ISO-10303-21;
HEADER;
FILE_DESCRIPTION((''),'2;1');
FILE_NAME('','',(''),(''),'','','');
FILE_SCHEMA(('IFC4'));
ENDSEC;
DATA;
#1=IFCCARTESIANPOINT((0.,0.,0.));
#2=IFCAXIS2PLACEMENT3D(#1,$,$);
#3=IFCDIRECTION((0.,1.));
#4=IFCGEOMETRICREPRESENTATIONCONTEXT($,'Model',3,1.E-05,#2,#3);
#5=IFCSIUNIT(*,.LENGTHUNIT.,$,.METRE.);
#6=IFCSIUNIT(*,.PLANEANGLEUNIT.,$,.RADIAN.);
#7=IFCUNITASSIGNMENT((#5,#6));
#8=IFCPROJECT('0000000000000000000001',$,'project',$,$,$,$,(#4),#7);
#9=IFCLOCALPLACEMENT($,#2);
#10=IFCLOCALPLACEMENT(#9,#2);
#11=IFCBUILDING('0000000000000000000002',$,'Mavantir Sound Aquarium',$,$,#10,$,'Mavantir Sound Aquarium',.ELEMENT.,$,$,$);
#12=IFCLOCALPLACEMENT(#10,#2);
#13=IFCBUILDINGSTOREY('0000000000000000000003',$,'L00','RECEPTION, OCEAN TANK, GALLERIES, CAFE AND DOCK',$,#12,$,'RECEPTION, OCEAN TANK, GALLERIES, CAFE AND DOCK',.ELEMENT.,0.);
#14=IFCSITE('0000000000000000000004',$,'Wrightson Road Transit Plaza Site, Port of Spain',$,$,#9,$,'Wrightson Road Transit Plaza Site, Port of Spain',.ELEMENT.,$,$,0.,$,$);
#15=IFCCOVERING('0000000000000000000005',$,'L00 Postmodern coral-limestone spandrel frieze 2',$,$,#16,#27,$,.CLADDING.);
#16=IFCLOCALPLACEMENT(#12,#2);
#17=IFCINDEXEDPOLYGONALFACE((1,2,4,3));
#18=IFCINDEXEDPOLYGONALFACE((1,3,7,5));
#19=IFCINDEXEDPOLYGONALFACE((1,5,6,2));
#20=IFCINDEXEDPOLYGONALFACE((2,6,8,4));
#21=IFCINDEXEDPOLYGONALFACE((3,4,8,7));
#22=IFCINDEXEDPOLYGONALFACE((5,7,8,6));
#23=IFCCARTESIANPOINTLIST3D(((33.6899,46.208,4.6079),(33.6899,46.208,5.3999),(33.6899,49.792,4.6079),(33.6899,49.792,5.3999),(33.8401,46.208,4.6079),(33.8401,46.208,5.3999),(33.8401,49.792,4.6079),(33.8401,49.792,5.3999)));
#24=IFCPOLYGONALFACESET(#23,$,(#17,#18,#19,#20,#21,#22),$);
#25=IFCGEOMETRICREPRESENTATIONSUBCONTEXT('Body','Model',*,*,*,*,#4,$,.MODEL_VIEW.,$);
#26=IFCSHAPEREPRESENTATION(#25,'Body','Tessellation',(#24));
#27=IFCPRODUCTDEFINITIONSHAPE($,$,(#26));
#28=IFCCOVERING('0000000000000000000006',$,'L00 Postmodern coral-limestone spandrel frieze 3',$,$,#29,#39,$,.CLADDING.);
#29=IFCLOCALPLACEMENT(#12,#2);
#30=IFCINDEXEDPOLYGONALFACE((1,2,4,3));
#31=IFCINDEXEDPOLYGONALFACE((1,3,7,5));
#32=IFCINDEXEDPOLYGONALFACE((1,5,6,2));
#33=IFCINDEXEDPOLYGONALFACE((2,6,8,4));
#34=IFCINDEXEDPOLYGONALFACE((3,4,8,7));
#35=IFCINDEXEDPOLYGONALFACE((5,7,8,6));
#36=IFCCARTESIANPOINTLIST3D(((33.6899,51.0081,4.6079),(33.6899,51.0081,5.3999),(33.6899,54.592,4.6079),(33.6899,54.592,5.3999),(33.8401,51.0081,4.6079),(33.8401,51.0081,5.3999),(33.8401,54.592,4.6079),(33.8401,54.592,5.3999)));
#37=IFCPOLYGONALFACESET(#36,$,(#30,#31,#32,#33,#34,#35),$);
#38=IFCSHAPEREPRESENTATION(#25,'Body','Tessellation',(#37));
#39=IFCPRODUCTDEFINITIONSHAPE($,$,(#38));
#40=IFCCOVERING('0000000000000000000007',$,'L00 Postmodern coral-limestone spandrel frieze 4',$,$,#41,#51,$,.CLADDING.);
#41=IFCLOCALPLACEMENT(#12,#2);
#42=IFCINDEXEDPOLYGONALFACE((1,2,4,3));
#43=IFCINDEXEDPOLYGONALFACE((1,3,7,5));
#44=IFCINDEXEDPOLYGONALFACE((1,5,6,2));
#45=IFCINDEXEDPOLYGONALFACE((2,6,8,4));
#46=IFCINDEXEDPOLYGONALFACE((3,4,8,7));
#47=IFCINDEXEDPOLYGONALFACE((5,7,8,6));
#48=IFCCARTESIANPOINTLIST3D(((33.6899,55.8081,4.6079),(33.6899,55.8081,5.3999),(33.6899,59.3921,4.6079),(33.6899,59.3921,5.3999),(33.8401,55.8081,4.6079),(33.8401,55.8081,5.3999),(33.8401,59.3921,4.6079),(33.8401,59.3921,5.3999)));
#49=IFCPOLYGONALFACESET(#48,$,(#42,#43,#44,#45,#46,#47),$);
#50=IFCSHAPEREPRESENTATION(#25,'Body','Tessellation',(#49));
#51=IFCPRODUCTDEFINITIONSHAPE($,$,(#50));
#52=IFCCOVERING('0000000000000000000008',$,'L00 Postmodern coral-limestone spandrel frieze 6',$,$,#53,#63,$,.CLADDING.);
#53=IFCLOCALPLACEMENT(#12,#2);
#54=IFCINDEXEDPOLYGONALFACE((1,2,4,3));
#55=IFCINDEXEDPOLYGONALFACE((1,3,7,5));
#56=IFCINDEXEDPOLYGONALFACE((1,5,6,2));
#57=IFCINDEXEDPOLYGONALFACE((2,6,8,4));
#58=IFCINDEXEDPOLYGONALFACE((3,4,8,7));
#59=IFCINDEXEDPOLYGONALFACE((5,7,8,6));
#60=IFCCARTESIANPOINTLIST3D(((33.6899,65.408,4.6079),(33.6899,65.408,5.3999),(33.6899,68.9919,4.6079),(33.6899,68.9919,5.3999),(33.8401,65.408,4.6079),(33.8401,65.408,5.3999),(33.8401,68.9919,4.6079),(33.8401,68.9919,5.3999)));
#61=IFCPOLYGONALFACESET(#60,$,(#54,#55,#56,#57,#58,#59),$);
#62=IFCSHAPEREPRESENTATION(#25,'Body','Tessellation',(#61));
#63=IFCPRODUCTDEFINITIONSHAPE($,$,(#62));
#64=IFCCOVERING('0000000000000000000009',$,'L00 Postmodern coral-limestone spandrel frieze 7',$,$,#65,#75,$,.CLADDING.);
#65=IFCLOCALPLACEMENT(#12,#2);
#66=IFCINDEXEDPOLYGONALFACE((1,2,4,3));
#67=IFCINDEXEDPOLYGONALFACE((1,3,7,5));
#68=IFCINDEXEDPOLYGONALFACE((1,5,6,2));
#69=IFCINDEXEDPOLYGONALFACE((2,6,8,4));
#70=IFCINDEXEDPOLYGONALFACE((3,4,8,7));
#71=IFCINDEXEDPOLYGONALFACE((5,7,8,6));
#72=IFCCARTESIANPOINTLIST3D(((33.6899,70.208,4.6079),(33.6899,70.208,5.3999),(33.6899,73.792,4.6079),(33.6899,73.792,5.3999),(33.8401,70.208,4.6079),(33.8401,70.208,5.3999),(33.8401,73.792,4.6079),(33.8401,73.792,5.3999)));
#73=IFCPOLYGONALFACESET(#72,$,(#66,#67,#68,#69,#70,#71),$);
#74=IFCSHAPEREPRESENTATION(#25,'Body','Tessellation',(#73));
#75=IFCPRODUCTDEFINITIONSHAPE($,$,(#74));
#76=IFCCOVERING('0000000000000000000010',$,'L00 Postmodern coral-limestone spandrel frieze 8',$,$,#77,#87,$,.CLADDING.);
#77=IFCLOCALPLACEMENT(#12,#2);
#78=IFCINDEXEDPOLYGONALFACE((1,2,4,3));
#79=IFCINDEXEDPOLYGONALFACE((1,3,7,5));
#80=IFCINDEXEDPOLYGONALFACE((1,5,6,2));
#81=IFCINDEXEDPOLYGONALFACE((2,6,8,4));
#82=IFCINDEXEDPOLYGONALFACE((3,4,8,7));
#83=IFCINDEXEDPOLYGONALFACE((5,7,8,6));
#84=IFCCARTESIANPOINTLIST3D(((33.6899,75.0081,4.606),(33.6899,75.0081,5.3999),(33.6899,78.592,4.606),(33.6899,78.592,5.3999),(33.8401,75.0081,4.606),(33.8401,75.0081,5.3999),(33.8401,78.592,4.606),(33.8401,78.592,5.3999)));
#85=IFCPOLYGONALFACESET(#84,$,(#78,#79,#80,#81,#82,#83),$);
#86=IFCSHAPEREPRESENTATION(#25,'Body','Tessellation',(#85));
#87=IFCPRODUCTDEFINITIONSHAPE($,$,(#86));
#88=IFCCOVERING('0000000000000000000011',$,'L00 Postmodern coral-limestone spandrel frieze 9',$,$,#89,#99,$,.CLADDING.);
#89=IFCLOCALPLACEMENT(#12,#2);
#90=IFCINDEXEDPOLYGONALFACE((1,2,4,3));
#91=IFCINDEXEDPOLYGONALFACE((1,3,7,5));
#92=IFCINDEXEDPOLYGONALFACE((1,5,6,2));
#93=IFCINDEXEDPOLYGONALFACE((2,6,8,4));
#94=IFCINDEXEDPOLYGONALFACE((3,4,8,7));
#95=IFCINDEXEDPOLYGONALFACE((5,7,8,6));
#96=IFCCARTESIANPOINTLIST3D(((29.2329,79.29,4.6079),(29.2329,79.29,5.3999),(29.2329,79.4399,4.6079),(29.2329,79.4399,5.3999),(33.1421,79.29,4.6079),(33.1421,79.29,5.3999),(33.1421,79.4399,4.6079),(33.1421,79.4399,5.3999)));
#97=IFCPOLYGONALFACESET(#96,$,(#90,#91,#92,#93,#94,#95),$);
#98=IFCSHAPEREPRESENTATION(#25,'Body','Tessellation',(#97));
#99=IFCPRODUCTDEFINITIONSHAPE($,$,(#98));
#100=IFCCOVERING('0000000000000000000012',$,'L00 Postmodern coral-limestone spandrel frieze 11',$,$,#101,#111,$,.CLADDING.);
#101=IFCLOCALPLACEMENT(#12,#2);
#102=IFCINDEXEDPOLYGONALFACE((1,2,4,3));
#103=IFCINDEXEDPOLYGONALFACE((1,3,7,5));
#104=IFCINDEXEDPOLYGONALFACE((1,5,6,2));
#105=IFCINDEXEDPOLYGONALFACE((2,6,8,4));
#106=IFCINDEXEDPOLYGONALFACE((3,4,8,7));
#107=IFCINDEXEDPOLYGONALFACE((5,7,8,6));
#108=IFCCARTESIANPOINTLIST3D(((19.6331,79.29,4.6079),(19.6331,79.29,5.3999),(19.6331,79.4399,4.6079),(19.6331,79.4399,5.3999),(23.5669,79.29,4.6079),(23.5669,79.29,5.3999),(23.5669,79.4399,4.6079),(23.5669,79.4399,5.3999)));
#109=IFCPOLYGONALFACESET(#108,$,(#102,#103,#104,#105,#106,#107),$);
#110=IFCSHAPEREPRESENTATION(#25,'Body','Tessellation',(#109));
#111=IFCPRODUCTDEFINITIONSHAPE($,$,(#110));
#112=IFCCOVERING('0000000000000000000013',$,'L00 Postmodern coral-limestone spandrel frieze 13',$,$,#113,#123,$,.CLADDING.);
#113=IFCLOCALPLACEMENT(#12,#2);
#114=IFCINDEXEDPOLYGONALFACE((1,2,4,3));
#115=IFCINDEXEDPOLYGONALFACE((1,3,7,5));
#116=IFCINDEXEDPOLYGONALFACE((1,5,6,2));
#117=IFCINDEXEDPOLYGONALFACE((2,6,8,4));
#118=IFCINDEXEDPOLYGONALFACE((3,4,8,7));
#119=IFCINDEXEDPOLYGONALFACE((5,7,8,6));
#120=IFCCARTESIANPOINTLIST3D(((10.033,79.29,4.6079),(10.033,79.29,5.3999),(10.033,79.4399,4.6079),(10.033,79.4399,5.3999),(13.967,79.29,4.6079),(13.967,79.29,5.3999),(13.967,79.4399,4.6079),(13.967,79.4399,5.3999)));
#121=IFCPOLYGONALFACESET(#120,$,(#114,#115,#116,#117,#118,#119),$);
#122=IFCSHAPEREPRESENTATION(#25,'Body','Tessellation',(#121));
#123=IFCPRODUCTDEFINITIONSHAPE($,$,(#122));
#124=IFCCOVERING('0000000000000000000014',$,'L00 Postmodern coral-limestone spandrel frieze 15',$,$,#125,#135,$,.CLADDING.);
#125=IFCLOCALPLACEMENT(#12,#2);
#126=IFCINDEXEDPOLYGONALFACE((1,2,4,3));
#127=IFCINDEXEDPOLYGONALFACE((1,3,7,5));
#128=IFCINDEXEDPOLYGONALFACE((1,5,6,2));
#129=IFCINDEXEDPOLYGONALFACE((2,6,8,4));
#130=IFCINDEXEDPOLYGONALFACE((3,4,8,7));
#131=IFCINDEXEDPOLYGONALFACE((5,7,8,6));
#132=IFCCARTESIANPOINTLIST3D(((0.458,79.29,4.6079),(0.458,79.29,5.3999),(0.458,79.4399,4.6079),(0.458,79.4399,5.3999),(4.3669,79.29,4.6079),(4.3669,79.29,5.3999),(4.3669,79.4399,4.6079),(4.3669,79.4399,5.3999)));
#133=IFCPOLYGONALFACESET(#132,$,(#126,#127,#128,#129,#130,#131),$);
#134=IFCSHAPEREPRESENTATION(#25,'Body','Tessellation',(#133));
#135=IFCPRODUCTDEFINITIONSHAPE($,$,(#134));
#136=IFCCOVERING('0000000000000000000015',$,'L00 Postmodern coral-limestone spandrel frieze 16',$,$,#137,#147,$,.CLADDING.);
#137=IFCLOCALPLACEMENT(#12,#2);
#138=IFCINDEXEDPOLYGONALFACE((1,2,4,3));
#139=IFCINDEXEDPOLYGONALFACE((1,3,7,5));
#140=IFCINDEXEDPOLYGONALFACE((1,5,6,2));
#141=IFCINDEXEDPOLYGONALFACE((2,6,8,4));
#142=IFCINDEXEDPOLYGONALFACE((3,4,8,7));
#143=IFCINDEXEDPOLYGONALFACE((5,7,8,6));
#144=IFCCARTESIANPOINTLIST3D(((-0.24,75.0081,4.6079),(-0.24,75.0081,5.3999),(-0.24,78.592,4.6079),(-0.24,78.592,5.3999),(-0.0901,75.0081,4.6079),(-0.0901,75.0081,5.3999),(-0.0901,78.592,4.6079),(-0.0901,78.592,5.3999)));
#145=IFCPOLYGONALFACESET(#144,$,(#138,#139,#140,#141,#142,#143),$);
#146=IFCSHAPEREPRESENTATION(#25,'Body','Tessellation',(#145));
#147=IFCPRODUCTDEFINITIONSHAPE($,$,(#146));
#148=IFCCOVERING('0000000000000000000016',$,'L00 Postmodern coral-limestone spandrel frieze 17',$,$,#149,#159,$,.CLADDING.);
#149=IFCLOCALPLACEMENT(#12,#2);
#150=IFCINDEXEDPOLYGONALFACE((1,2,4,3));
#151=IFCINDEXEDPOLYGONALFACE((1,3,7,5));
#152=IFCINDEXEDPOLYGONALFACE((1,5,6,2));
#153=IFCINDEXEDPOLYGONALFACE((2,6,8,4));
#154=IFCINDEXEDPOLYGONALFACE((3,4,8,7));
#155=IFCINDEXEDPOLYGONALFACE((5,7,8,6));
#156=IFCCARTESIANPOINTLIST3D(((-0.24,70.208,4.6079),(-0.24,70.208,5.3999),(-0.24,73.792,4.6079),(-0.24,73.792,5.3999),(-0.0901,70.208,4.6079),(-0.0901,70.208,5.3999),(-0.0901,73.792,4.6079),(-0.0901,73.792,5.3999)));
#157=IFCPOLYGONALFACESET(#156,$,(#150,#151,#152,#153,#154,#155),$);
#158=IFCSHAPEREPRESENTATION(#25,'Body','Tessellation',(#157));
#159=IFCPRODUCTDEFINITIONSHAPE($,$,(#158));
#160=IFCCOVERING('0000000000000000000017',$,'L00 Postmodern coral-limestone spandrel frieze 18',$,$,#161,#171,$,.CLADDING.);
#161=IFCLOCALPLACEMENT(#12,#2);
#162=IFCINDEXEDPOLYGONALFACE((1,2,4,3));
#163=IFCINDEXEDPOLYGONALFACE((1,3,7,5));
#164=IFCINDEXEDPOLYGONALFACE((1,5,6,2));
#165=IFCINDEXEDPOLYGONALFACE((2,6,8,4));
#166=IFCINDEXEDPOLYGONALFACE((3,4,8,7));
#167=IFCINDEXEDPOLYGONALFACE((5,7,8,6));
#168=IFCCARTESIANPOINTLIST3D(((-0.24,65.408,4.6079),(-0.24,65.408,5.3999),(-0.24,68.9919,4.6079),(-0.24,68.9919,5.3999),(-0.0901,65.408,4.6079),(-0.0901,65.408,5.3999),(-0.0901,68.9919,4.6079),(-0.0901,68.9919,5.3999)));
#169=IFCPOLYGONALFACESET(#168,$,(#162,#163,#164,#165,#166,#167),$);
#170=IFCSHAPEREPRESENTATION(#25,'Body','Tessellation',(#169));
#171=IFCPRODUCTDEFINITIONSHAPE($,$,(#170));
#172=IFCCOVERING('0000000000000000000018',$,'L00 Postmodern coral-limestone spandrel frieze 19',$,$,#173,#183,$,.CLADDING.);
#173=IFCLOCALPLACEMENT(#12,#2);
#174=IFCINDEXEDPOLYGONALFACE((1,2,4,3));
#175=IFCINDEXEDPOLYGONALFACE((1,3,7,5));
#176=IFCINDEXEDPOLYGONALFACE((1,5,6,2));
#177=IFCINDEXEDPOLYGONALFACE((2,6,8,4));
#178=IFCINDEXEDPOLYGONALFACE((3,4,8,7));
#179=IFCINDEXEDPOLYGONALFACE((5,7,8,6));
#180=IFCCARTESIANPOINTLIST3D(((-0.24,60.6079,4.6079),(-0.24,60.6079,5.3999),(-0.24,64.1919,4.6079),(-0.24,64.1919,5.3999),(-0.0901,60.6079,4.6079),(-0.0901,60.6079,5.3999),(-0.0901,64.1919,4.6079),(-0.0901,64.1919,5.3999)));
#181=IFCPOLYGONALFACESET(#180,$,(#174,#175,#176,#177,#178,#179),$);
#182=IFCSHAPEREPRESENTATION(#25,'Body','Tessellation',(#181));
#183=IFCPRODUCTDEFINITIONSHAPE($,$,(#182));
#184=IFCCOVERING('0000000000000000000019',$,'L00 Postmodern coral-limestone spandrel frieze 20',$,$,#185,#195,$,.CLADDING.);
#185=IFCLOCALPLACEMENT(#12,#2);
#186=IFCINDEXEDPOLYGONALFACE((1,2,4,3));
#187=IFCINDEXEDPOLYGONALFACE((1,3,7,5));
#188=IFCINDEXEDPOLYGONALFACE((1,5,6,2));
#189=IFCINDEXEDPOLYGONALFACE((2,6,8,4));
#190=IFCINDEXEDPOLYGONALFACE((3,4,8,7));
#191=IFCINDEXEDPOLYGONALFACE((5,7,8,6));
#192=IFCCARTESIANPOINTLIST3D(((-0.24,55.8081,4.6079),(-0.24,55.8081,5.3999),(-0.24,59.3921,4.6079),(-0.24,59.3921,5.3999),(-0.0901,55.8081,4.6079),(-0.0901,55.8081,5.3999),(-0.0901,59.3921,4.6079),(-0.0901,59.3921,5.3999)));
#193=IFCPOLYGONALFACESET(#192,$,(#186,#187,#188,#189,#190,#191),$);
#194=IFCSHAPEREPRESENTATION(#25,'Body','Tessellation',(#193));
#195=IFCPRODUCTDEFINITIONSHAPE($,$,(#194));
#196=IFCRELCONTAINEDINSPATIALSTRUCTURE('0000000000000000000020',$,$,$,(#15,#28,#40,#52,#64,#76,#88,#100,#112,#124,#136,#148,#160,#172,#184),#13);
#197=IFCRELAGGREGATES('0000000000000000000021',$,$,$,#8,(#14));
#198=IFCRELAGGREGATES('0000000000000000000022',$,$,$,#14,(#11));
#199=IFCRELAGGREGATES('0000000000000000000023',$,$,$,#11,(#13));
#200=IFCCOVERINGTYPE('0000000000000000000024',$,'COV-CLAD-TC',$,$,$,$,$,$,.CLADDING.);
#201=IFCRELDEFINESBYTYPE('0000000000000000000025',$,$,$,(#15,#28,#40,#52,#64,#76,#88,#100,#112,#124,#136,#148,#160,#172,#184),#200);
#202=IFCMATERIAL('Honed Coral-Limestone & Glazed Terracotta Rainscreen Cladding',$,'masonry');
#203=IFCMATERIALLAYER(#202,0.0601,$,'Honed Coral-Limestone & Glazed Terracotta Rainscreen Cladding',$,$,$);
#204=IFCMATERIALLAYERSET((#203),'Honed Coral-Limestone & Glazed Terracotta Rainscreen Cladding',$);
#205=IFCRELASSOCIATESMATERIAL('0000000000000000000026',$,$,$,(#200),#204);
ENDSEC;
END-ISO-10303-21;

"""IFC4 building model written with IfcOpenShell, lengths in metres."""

from ifc_helpers import new_model, si_unit, direction, frame, origin, place, context, subcontext, project, spatial, polyline, outline, extrude, material, layer, layer_set, type_object, element, save


model = new_model("IFC4")

# Units and contexts
model_context = context("Model", 3, precision=1e-05, world=origin(), true_north=direction((0.0, 1.0)))
body_context = subcontext(model_context, "Body", "Model", "MODEL_VIEW")
ifc_project = project(units=[si_unit("LENGTHUNIT", "METRE"), si_unit("PLANEANGLEUNIT", "RADIAN")], contexts=[model_context])

# Site, building, storey
site_placement = place(None, origin())
site = spatial("IfcSite", under=ifc_project, at=site_placement, Name="Wrightson Road Transit Plaza Site, Port of Spain", LongName="Wrightson Road Transit Plaza Site, Port of Spain", CompositionType="ELEMENT", RefElevation=0.0)
building_placement = place(site_placement, origin())
building = spatial("IfcBuilding", under=site, at=building_placement, Name="Mavantir Sound Aquarium", LongName="Mavantir Sound Aquarium", CompositionType="ELEMENT")
storey_placement = place(building_placement, origin())
storey = spatial("IfcBuildingStorey", under=building, at=storey_placement, Name="L00", Description="RECEPTION, OCEAN TANK, GALLERIES, CAFE AND DOCK", LongName="RECEPTION, OCEAN TANK, GALLERIES, CAFE AND DOCK", CompositionType="ELEMENT", Elevation=0.0)

# Coverings
ifc_material = material(Name="Honed Coral-Limestone & Glazed Terracotta Rainscreen Cladding", Category="masonry")
ifc_layer = layer(ifc_material, 0.0601, Name="Honed Coral-Limestone & Glazed Terracotta Rainscreen Cladding")
ifc_layer_set = layer_set([ifc_layer], Name="Honed Coral-Limestone & Glazed Terracotta Rainscreen Cladding")
covering_type = type_object("IfcCoveringType", Name="COV-CLAD-TC", PredefinedType="CLADDING", material=ifc_layer_set)
covering_1_placement = place(storey_placement, frame((0.0, 0.0, 4.6079)))
element("IfcCovering", 1, at=covering_1_placement, inside=storey, type_object=covering_type, Name="L00 Postmodern coral-limestone spandrel frieze 2", PredefinedType="CLADDING", context=body_context, shape_type="SweptSolid", body=[
    extrude(outline(polyline([(33.6899, 46.208), (33.6899, 49.792), (33.8401, 49.792), (33.8401, 46.208), (33.6899, 46.208)])), origin(), (0.0, 0.0, 1.0), 0.792),
])
covering_2_placement = place(storey_placement, frame((0.0, 0.0, 4.6079)))
element("IfcCovering", 2, at=covering_2_placement, inside=storey, type_object=covering_type, Name="L00 Postmodern coral-limestone spandrel frieze 3", PredefinedType="CLADDING", context=body_context, shape_type="SweptSolid", body=[
    extrude(outline(polyline([(33.6899, 51.0081), (33.6899, 54.592), (33.8401, 54.592), (33.8401, 51.0081), (33.6899, 51.0081)])), origin(), (0.0, 0.0, 1.0), 0.792),
])
covering_3_placement = place(storey_placement, frame((0.0, 0.0, 4.6079)))
element("IfcCovering", 3, at=covering_3_placement, inside=storey, type_object=covering_type, Name="L00 Postmodern coral-limestone spandrel frieze 4", PredefinedType="CLADDING", context=body_context, shape_type="SweptSolid", body=[
    extrude(outline(polyline([(33.6899, 55.8081), (33.6899, 59.3921), (33.8401, 59.3921), (33.8401, 55.8081), (33.6899, 55.8081)])), origin(), (0.0, 0.0, 1.0), 0.792),
])
covering_4_placement = place(storey_placement, frame((0.0, 0.0, 4.6079)))
element("IfcCovering", 4, at=covering_4_placement, inside=storey, type_object=covering_type, Name="L00 Postmodern coral-limestone spandrel frieze 6", PredefinedType="CLADDING", context=body_context, shape_type="SweptSolid", body=[
    extrude(outline(polyline([(33.6899, 65.408), (33.6899, 68.9919), (33.8401, 68.9919), (33.8401, 65.408), (33.6899, 65.408)])), origin(), (0.0, 0.0, 1.0), 0.792),
])
covering_5_placement = place(storey_placement, frame((0.0, 0.0, 4.6079)))
element("IfcCovering", 5, at=covering_5_placement, inside=storey, type_object=covering_type, Name="L00 Postmodern coral-limestone spandrel frieze 7", PredefinedType="CLADDING", context=body_context, shape_type="SweptSolid", body=[
    extrude(outline(polyline([(33.6899, 70.208), (33.6899, 73.792), (33.8401, 73.792), (33.8401, 70.208), (33.6899, 70.208)])), origin(), (0.0, 0.0, 1.0), 0.792),
])
covering_6_placement = place(storey_placement, frame((0.0, 0.0, 4.606)))
element("IfcCovering", 6, at=covering_6_placement, inside=storey, type_object=covering_type, Name="L00 Postmodern coral-limestone spandrel frieze 8", PredefinedType="CLADDING", context=body_context, shape_type="SweptSolid", body=[
    extrude(outline(polyline([(33.6899, 75.0081), (33.6899, 78.592), (33.8401, 78.592), (33.8401, 75.0081), (33.6899, 75.0081)])), origin(), (0.0, 0.0, 1.0), 0.7939),
])
covering_7_placement = place(storey_placement, frame((0.0, 0.0, 4.6079)))
element("IfcCovering", 7, at=covering_7_placement, inside=storey, type_object=covering_type, Name="L00 Postmodern coral-limestone spandrel frieze 9", PredefinedType="CLADDING", context=body_context, shape_type="SweptSolid", body=[
    extrude(outline(polyline([(33.1421, 79.29), (29.2329, 79.29), (29.2329, 79.4399), (33.1421, 79.4399), (33.1421, 79.29)])), origin(), (0.0, 0.0, 1.0), 0.792),
])
covering_8_placement = place(storey_placement, frame((0.0, 0.0, 4.6079)))
element("IfcCovering", 8, at=covering_8_placement, inside=storey, type_object=covering_type, Name="L00 Postmodern coral-limestone spandrel frieze 11", PredefinedType="CLADDING", context=body_context, shape_type="SweptSolid", body=[
    extrude(outline(polyline([(23.5669, 79.29), (19.6331, 79.29), (19.6331, 79.4399), (23.5669, 79.4399), (23.5669, 79.29)])), origin(), (0.0, 0.0, 1.0), 0.792),
])
covering_9_placement = place(storey_placement, frame((0.0, 0.0, 4.6079)))
element("IfcCovering", 9, at=covering_9_placement, inside=storey, type_object=covering_type, Name="L00 Postmodern coral-limestone spandrel frieze 13", PredefinedType="CLADDING", context=body_context, shape_type="SweptSolid", body=[
    extrude(outline(polyline([(13.967, 79.29), (10.033, 79.29), (10.033, 79.4399), (13.967, 79.4399), (13.967, 79.29)])), origin(), (0.0, 0.0, 1.0), 0.792),
])
covering_10_placement = place(storey_placement, frame((0.0, 0.0, 4.6079)))
element("IfcCovering", 10, at=covering_10_placement, inside=storey, type_object=covering_type, Name="L00 Postmodern coral-limestone spandrel frieze 15", PredefinedType="CLADDING", context=body_context, shape_type="SweptSolid", body=[
    extrude(outline(polyline([(4.3669, 79.29), (0.458, 79.29), (0.458, 79.4399), (4.3669, 79.4399), (4.3669, 79.29)])), origin(), (0.0, 0.0, 1.0), 0.792),
])
covering_11_placement = place(storey_placement, frame((0.0, 0.0, 4.6079)))
element("IfcCovering", 11, at=covering_11_placement, inside=storey, type_object=covering_type, Name="L00 Postmodern coral-limestone spandrel frieze 16", PredefinedType="CLADDING", context=body_context, shape_type="SweptSolid", body=[
    extrude(outline(polyline([(-0.0901, 78.592), (-0.0901, 75.0081), (-0.24, 75.0081), (-0.24, 78.592), (-0.0901, 78.592)])), origin(), (0.0, 0.0, 1.0), 0.792),
])
covering_12_placement = place(storey_placement, frame((0.0, 0.0, 4.6079)))
element("IfcCovering", 12, at=covering_12_placement, inside=storey, type_object=covering_type, Name="L00 Postmodern coral-limestone spandrel frieze 17", PredefinedType="CLADDING", context=body_context, shape_type="SweptSolid", body=[
    extrude(outline(polyline([(-0.0901, 73.792), (-0.0901, 70.208), (-0.24, 70.208), (-0.24, 73.792), (-0.0901, 73.792)])), origin(), (0.0, 0.0, 1.0), 0.792),
])
covering_13_placement = place(storey_placement, frame((0.0, 0.0, 4.6079)))
element("IfcCovering", 13, at=covering_13_placement, inside=storey, type_object=covering_type, Name="L00 Postmodern coral-limestone spandrel frieze 18", PredefinedType="CLADDING", context=body_context, shape_type="SweptSolid", body=[
    extrude(outline(polyline([(-0.0901, 68.9919), (-0.0901, 65.408), (-0.24, 65.408), (-0.24, 68.9919), (-0.0901, 68.9919)])), origin(), (0.0, 0.0, 1.0), 0.792),
])
covering_14_placement = place(storey_placement, frame((0.0, 0.0, 4.6079)))
element("IfcCovering", 14, at=covering_14_placement, inside=storey, type_object=covering_type, Name="L00 Postmodern coral-limestone spandrel frieze 19", PredefinedType="CLADDING", context=body_context, shape_type="SweptSolid", body=[
    extrude(outline(polyline([(-0.0901, 64.1919), (-0.0901, 60.6079), (-0.24, 60.6079), (-0.24, 64.1919), (-0.0901, 64.1919)])), origin(), (0.0, 0.0, 1.0), 0.792),
])
covering_15_placement = place(storey_placement, frame((0.0, 0.0, 4.6079)))
element("IfcCovering", 15, at=covering_15_placement, inside=storey, type_object=covering_type, Name="L00 Postmodern coral-limestone spandrel frieze 20", PredefinedType="CLADDING", context=body_context, shape_type="SweptSolid", body=[
    extrude(outline(polyline([(-0.0901, 59.3921), (-0.0901, 55.8081), (-0.24, 55.8081), (-0.24, 59.3921), (-0.0901, 59.3921)])), origin(), (0.0, 0.0, 1.0), 0.792),
])

save(model, "model.ifc")
